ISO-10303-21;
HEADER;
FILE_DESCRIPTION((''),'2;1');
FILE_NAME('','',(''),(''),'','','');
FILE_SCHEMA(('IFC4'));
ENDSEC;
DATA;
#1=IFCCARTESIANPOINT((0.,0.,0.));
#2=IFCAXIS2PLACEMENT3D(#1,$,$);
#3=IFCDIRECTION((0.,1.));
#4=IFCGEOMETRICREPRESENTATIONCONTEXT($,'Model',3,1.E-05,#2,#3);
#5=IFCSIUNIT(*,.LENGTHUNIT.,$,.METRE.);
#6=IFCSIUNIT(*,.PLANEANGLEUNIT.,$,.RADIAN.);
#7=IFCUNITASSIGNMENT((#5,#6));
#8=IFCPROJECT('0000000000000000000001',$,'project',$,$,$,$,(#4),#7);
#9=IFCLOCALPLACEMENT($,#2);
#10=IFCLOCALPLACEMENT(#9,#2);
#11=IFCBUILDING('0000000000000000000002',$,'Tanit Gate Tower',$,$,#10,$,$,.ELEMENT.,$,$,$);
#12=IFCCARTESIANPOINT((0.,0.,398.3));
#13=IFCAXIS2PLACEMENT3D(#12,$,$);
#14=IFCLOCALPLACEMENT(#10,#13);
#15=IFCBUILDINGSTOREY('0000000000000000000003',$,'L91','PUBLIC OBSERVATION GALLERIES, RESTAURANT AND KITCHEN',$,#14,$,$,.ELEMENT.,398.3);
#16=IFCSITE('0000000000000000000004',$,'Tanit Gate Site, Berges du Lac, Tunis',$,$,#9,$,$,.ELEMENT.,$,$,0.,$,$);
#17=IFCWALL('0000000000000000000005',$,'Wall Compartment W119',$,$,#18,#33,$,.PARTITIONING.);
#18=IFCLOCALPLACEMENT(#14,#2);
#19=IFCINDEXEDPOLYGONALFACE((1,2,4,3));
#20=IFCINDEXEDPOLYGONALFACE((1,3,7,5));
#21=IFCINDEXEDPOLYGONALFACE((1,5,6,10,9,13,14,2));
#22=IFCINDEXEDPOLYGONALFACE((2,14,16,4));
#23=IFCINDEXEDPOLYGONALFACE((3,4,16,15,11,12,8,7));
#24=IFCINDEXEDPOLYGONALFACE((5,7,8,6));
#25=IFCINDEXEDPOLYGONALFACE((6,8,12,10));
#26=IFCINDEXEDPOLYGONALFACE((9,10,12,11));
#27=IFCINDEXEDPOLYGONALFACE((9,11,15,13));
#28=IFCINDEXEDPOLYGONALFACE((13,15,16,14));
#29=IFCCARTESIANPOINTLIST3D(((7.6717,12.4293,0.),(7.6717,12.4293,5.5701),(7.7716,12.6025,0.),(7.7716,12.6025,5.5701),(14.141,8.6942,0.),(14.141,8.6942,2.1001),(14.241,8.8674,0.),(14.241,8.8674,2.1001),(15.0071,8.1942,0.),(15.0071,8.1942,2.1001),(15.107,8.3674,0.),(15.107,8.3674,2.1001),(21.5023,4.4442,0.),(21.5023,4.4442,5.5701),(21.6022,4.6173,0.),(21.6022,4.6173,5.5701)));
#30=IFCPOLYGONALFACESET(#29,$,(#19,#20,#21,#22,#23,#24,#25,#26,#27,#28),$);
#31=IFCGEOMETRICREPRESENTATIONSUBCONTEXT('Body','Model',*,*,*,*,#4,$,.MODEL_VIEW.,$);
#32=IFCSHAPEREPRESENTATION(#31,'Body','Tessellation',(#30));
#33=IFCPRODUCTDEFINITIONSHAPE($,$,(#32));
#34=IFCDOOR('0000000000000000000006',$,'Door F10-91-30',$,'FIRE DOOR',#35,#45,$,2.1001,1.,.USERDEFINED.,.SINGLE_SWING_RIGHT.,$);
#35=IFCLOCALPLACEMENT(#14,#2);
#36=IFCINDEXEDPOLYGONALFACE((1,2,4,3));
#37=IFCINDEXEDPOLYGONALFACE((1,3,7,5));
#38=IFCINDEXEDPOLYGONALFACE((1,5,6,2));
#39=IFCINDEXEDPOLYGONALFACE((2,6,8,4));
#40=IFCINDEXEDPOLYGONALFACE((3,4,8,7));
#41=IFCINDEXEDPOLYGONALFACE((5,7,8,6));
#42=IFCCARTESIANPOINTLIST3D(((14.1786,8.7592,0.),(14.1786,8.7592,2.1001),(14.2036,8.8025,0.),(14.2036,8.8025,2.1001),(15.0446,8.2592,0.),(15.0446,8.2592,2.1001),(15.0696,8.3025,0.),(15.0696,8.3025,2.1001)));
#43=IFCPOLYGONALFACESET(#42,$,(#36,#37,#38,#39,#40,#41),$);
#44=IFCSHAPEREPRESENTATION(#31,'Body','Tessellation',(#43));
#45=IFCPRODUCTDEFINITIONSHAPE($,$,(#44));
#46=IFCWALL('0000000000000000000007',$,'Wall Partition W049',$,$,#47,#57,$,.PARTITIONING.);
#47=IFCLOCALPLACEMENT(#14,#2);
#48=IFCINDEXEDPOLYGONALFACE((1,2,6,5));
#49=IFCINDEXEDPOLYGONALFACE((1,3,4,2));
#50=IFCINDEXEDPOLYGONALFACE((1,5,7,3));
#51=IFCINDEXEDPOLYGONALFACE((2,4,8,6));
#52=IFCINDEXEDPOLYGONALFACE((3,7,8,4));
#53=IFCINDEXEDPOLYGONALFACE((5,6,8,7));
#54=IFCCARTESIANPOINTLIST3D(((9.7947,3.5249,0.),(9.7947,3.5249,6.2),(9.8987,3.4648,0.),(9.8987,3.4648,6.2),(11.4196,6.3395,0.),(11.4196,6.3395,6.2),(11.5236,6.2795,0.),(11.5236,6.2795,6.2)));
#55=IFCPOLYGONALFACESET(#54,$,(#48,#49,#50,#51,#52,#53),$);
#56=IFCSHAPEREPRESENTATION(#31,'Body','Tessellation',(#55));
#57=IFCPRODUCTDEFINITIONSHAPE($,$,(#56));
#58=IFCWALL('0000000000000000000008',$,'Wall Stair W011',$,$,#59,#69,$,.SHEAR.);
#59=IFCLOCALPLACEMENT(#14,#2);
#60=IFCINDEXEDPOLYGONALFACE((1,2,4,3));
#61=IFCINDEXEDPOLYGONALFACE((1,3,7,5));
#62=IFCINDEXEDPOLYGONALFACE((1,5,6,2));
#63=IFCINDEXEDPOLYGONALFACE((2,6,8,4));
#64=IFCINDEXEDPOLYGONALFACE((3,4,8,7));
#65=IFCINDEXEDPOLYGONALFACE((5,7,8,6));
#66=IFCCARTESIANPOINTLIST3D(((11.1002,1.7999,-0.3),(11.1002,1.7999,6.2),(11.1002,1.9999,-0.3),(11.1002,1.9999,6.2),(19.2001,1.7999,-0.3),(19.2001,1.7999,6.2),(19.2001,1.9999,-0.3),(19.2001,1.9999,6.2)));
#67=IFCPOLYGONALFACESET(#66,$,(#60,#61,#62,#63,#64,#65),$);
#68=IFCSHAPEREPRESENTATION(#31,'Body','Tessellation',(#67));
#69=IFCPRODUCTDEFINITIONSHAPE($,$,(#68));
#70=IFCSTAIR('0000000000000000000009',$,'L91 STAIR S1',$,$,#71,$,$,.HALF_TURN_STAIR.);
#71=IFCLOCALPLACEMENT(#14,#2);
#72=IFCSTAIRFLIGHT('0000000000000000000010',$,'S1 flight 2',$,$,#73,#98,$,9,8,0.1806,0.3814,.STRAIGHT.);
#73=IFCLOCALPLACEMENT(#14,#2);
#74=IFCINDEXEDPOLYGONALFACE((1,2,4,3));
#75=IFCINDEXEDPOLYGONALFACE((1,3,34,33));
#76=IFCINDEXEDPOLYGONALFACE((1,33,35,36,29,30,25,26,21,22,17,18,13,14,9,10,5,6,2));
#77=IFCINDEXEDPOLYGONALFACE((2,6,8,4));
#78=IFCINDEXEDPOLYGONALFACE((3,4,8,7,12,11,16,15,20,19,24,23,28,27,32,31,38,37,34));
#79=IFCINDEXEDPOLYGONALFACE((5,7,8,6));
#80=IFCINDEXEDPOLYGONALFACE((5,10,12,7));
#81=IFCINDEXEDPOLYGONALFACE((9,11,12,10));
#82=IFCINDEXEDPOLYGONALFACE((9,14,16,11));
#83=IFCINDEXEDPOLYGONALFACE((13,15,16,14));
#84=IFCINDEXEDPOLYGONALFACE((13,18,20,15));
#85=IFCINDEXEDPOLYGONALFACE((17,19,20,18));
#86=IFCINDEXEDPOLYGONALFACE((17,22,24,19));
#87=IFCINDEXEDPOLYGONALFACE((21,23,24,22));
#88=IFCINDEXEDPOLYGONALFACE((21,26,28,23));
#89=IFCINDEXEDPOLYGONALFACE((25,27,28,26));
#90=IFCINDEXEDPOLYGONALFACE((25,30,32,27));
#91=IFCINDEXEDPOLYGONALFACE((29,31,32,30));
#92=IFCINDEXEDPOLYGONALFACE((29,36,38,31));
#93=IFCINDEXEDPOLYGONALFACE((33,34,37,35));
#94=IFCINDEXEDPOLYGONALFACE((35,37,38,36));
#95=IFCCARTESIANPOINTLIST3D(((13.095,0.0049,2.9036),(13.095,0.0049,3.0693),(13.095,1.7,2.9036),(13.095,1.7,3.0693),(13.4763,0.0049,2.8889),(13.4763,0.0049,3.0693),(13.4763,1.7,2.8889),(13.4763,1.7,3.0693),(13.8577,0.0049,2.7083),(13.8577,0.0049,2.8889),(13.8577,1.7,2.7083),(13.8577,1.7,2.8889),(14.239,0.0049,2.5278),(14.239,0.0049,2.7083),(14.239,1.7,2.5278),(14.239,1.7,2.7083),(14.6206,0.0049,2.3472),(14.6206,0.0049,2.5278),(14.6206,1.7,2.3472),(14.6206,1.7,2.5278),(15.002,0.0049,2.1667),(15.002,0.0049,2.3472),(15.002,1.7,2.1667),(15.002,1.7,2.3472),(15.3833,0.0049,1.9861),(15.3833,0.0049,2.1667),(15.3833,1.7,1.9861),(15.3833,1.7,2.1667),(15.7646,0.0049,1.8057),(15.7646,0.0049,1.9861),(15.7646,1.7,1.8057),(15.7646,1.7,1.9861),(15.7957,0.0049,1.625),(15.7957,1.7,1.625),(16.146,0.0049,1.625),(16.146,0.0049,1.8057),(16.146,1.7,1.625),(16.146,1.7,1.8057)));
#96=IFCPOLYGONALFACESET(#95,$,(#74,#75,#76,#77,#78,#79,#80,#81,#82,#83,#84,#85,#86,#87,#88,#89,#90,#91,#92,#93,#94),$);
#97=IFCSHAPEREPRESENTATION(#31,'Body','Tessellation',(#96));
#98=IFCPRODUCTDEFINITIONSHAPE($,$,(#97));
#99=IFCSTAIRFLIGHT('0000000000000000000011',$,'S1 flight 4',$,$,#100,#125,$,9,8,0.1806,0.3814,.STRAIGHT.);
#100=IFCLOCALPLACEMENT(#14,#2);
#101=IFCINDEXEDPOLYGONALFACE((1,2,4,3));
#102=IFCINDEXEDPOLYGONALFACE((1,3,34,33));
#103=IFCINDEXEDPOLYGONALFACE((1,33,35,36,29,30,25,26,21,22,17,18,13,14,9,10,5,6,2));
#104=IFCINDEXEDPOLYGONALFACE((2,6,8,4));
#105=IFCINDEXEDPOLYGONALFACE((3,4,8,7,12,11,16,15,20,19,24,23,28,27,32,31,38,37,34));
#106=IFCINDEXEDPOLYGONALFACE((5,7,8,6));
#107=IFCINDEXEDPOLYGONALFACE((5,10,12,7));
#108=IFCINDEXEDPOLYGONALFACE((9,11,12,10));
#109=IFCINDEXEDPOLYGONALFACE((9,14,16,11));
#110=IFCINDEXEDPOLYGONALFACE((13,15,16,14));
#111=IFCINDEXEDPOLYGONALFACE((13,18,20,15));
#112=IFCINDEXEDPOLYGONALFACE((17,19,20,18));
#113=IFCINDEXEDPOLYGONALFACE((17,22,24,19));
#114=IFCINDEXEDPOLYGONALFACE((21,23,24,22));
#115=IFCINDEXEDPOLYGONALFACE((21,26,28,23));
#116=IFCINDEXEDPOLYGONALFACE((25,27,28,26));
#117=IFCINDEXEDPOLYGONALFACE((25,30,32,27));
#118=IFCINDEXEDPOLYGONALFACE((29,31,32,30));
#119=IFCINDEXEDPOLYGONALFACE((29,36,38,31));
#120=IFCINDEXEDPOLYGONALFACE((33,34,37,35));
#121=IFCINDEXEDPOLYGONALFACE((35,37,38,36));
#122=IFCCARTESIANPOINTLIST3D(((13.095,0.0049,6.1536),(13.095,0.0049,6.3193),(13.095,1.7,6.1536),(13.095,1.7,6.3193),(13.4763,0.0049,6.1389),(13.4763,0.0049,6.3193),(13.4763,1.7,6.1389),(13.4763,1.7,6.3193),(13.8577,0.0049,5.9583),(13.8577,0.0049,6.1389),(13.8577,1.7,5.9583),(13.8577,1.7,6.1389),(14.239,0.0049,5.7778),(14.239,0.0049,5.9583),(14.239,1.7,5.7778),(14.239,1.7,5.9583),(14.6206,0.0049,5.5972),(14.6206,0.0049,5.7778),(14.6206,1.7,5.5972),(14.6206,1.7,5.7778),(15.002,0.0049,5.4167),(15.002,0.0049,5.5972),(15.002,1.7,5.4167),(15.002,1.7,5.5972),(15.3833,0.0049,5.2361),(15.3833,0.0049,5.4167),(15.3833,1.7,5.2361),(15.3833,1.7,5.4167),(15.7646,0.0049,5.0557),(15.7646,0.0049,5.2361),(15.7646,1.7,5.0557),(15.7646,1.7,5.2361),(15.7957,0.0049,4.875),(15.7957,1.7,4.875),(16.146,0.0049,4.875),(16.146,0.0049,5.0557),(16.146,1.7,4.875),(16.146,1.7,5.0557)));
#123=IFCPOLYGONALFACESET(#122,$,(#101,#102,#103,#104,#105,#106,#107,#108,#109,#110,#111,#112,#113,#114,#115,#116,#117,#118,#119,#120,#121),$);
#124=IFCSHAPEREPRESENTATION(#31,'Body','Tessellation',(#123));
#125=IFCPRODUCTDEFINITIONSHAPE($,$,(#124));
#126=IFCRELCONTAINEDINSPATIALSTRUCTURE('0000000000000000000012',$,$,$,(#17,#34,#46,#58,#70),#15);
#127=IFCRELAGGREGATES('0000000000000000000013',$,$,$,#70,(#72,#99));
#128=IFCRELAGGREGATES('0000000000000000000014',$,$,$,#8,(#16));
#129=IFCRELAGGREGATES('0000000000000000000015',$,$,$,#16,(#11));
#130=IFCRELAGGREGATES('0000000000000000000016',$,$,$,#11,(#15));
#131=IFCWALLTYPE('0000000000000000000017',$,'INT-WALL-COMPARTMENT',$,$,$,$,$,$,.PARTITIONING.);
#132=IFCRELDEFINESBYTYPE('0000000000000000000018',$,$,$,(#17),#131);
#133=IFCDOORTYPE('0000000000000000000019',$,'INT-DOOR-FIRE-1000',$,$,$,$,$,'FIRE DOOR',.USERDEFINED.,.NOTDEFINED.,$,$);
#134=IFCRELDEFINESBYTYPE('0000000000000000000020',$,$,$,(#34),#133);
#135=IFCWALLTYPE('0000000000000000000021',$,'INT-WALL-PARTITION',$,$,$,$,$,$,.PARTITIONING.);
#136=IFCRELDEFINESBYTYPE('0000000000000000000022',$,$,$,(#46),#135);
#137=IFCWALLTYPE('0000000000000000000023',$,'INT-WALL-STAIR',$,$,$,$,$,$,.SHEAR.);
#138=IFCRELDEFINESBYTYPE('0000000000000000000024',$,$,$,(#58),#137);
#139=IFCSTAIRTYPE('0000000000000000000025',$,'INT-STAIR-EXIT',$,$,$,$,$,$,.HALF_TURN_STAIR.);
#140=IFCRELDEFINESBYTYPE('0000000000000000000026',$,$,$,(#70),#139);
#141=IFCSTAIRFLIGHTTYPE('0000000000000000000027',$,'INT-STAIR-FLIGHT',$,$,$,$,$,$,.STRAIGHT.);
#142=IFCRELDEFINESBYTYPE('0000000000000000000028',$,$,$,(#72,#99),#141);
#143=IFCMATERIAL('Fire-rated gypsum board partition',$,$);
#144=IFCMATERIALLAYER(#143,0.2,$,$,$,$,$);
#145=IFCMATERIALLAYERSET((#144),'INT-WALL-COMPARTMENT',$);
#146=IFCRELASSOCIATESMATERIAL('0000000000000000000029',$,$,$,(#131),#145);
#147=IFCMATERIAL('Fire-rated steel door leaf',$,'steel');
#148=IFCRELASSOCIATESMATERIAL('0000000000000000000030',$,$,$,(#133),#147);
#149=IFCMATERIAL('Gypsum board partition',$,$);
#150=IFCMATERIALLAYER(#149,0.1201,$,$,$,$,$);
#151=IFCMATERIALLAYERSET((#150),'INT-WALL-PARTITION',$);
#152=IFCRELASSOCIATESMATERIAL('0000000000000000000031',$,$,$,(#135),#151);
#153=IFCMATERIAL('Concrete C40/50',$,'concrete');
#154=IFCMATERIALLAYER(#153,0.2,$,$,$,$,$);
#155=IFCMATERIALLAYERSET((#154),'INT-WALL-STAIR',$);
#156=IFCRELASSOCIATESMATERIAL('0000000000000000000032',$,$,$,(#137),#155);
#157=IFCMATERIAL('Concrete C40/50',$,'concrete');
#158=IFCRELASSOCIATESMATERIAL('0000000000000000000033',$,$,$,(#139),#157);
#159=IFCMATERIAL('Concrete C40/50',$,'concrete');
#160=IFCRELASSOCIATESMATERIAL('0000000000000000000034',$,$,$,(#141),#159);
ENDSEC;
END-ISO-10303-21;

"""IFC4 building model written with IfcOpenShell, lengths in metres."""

from ifc_helpers import new_model, si_unit, direction, frame, frame_2d, origin, place, context, subcontext, project, spatial, polyline, rectangle, outline, extrude, material, layer, layer_set, type_object, element, fill, aggregate, save


model = new_model("IFC4")

# Units and contexts
model_context = context("Model", 3, precision=1e-05, world=origin(), true_north=direction((0.0, 1.0)))
body_context = subcontext(model_context, "Body", "Model", "MODEL_VIEW")
ifc_project = project(units=[si_unit("LENGTHUNIT", "METRE"), si_unit("PLANEANGLEUNIT", "RADIAN")], contexts=[model_context])

# Site, building, storey
site_placement = place(None, origin())
site = spatial("IfcSite", under=ifc_project, at=site_placement, Name="Tanit Gate Site, Berges du Lac, Tunis", CompositionType="ELEMENT", RefElevation=0.0)
building_placement = place(site_placement, origin())
building = spatial("IfcBuilding", under=site, at=building_placement, Name="Tanit Gate Tower", CompositionType="ELEMENT")
storey_placement = place(building_placement, frame((0.0, 0.0, 398.3)))
storey = spatial("IfcBuildingStorey", under=building, at=storey_placement, Name="L91", Description="PUBLIC OBSERVATION GALLERIES, RESTAURANT AND KITCHEN", CompositionType="ELEMENT", Elevation=398.3)

# Shared definitions
ifc_material_1 = material(Name="Fire-rated gypsum board partition")
ifc_layer_1 = layer(ifc_material_1, 0.2)
ifc_layer_set_1 = layer_set([ifc_layer_1], Name="INT-WALL-COMPARTMENT")
wall_type_1 = type_object("IfcWallType", Name="INT-WALL-COMPARTMENT", PredefinedType="PARTITIONING", material=ifc_layer_set_1)

# Wall, opening, door
wall_1_placement = place(storey_placement, frame((21.5522, 4.5308, 0.0), z_axis=(0.0, 0.0, 1.0), x_axis=(-0.866025, 0.500001, 0.0)))
wall_1 = element("IfcWall", 1, at=wall_1_placement, inside=storey, type_object=wall_type_1, Name="Wall Compartment W119", PredefinedType="PARTITIONING", context=body_context, shape_type="SweptSolid", body=[
    extrude(rectangle(XDim=15.9702, YDim=0.2, at=frame_2d((7.9851, 0.0))), origin(), (0.0, 0.0, 1.0), 5.5701),
])
opening_1_placement = place(wall_1_placement, frame((7.5, 0.0, 0.0)))
opening_1 = element("IfcOpeningElement", 2, at=opening_1_placement, cuts=wall_1, PredefinedType="OPENING", context=body_context, shape_type="SweptSolid", body=[
    extrude(rectangle(XDim=1.0, YDim=2.1001, at=frame_2d((0.5, 1.05))), frame((0.0, 0.1099, 0.0), z_axis=(0.0, -1.0, 0.0), x_axis=(1.0, 0.0, 0.0)), (0.0, 0.0, 1.0), 0.22),
])
ifc_material_2 = material(Name="Fire-rated steel door leaf", Category="steel")
door_type_1 = type_object("IfcDoorType", Name="INT-DOOR-FIRE-1000", ElementType="FIRE DOOR", OperationType="NOTDEFINED", PredefinedType="USERDEFINED", material=ifc_material_2)
door_1_placement = place(opening_1_placement, origin())
door_1 = element("IfcDoor", 3, at=door_1_placement, inside=storey, type_object=door_type_1, Name="Door F10-91-30", ObjectType="FIRE DOOR", OperationType="SINGLE_SWING_RIGHT", OverallHeight=2.1001, OverallWidth=1.0, PredefinedType="USERDEFINED", context=body_context, shape_type="SweptSolid", body=[
    extrude(rectangle(XDim=1.0, YDim=2.1001, at=frame_2d((0.5, 1.05))), frame((0.0, 0.0249, 0.0), z_axis=(0.0, -1.0, 0.0), x_axis=(1.0, 0.0, 0.0)), (0.0, 0.0, 1.0), 0.05),
])
fill(opening_1, door_1)

# Walls
ifc_material_3 = material(Name="Gypsum board partition")
ifc_layer_2 = layer(ifc_material_3, 0.1201)
ifc_layer_set_2 = layer_set([ifc_layer_2], Name="INT-WALL-PARTITION")
wall_type_2 = type_object("IfcWallType", Name="INT-WALL-PARTITION", PredefinedType="PARTITIONING", material=ifc_layer_set_2)
wall_2_placement = place(storey_placement, frame((9.8467, 3.4949, 0.0), z_axis=(0.0, 0.0, 1.0), x_axis=(0.499985, 0.866034, 0.0)))
element("IfcWall", 4, at=wall_2_placement, inside=storey, type_object=wall_type_2, Name="Wall Partition W049", PredefinedType="PARTITIONING", context=body_context, shape_type="SweptSolid", body=[
    extrude(rectangle(XDim=3.25, YDim=0.1201, at=frame_2d((1.625, 0.0))), origin(), (0.0, 0.0, 1.0), 6.2),
])
ifc_material_4 = material(Name="Concrete C40/50", Category="concrete")
ifc_layer_3 = layer(ifc_material_4, 0.2)
ifc_layer_set_3 = layer_set([ifc_layer_3], Name="INT-WALL-STAIR")
wall_type_3 = type_object("IfcWallType", Name="INT-WALL-STAIR", PredefinedType="SHEAR", material=ifc_layer_set_3)
wall_3_placement = place(storey_placement, frame((19.2, 1.8999, -0.3), z_axis=(0.0, 0.0, 1.0), x_axis=(-1.0, 0.0, 0.0)))
element("IfcWall", 5, at=wall_3_placement, inside=storey, type_object=wall_type_3, Name="Wall Stair W011", PredefinedType="SHEAR", context=body_context, shape_type="SweptSolid", body=[
    extrude(rectangle(XDim=8.0999, YDim=0.2, at=frame_2d((4.0498, 0.0))), origin(), (0.0, 0.0, 1.0), 6.5),
])

# Stair, stair flights
ifc_material_5 = material(Name="Concrete C40/50", Category="concrete")
stair_type = type_object("IfcStairType", Name="INT-STAIR-EXIT", PredefinedType="HALF_TURN_STAIR", material=ifc_material_5)
stair_placement = place(storey_placement, origin())
stair = element("IfcStair", 6, at=stair_placement, inside=storey, type_object=stair_type, Name="L91 STAIR S1", PredefinedType="HALF_TURN_STAIR")
ifc_material_6 = material(Name="Concrete C40/50", Category="concrete")
stair_flight_type = type_object("IfcStairFlightType", Name="INT-STAIR-FLIGHT", PredefinedType="STRAIGHT", material=ifc_material_6)
stair_flight_1_placement = place(storey_placement, frame((16.146, 0.8525, 1.625), z_axis=(0.0, 0.0, 1.0), x_axis=(-1.0, 0.0, 0.0)))
stair_flight_1 = element("IfcStairFlight", 7, at=stair_flight_1_placement, type_object=stair_flight_type, Name="S1 flight 2", NumberOfRisers=9, NumberOfTreads=8, PredefinedType="STRAIGHT", RiserHeight=0.1806, TreadLength=0.3814, context=body_context, shape_type="SweptSolid", body=[
    extrude(outline(polyline([(0.0, 0.0), (0.0, 0.1807), (0.3813, 0.1807), (0.3813, 0.3611), (0.7627, 0.3611), (0.7627, 0.5417), (1.144, 0.5417), (1.144, 0.7222), (1.5254, 0.7222), (1.5254, 0.9028), (1.907, 0.9028), (1.907, 1.0833), (2.2883, 1.0833), (2.2883, 1.2639), (2.6697, 1.2639), (2.6697, 1.4443), (3.051, 1.4443), (3.051, 1.625), (3.051, 1.2786), (0.3503, 0.0), (0.0, 0.0)])), frame((0.0, 0.8477, 0.0), z_axis=(0.0, -1.0, 0.0), x_axis=(1.0, 0.0, 0.0)), (0.0, 0.0, 1.0), 1.6951),
])
stair_flight_2_placement = place(storey_placement, frame((16.146, 0.8525, 4.875), z_axis=(0.0, 0.0, 1.0), x_axis=(-1.0, 0.0, 0.0)))
stair_flight_2 = element("IfcStairFlight", 8, at=stair_flight_2_placement, type_object=stair_flight_type, Name="S1 flight 4", NumberOfRisers=9, NumberOfTreads=8, PredefinedType="STRAIGHT", RiserHeight=0.1806, TreadLength=0.3814, context=body_context, shape_type="SweptSolid", body=[
    extrude(outline(polyline([(0.0, 0.0), (0.0, 0.1807), (0.3813, 0.1807), (0.3813, 0.3611), (0.7627, 0.3611), (0.7627, 0.5417), (1.144, 0.5417), (1.144, 0.7222), (1.5254, 0.7222), (1.5254, 0.9028), (1.907, 0.9028), (1.907, 1.0833), (2.2883, 1.0833), (2.2883, 1.2639), (2.6697, 1.2639), (2.6697, 1.4443), (3.051, 1.4443), (3.051, 1.625), (3.051, 1.2786), (0.3503, 0.0), (0.0, 0.0)])), frame((0.0, 0.8477, 0.0), z_axis=(0.0, -1.0, 0.0), x_axis=(1.0, 0.0, 0.0)), (0.0, 0.0, 1.0), 1.6951),
])
aggregate(stair, [stair_flight_1, stair_flight_2])

save(model, "model.ifc")
